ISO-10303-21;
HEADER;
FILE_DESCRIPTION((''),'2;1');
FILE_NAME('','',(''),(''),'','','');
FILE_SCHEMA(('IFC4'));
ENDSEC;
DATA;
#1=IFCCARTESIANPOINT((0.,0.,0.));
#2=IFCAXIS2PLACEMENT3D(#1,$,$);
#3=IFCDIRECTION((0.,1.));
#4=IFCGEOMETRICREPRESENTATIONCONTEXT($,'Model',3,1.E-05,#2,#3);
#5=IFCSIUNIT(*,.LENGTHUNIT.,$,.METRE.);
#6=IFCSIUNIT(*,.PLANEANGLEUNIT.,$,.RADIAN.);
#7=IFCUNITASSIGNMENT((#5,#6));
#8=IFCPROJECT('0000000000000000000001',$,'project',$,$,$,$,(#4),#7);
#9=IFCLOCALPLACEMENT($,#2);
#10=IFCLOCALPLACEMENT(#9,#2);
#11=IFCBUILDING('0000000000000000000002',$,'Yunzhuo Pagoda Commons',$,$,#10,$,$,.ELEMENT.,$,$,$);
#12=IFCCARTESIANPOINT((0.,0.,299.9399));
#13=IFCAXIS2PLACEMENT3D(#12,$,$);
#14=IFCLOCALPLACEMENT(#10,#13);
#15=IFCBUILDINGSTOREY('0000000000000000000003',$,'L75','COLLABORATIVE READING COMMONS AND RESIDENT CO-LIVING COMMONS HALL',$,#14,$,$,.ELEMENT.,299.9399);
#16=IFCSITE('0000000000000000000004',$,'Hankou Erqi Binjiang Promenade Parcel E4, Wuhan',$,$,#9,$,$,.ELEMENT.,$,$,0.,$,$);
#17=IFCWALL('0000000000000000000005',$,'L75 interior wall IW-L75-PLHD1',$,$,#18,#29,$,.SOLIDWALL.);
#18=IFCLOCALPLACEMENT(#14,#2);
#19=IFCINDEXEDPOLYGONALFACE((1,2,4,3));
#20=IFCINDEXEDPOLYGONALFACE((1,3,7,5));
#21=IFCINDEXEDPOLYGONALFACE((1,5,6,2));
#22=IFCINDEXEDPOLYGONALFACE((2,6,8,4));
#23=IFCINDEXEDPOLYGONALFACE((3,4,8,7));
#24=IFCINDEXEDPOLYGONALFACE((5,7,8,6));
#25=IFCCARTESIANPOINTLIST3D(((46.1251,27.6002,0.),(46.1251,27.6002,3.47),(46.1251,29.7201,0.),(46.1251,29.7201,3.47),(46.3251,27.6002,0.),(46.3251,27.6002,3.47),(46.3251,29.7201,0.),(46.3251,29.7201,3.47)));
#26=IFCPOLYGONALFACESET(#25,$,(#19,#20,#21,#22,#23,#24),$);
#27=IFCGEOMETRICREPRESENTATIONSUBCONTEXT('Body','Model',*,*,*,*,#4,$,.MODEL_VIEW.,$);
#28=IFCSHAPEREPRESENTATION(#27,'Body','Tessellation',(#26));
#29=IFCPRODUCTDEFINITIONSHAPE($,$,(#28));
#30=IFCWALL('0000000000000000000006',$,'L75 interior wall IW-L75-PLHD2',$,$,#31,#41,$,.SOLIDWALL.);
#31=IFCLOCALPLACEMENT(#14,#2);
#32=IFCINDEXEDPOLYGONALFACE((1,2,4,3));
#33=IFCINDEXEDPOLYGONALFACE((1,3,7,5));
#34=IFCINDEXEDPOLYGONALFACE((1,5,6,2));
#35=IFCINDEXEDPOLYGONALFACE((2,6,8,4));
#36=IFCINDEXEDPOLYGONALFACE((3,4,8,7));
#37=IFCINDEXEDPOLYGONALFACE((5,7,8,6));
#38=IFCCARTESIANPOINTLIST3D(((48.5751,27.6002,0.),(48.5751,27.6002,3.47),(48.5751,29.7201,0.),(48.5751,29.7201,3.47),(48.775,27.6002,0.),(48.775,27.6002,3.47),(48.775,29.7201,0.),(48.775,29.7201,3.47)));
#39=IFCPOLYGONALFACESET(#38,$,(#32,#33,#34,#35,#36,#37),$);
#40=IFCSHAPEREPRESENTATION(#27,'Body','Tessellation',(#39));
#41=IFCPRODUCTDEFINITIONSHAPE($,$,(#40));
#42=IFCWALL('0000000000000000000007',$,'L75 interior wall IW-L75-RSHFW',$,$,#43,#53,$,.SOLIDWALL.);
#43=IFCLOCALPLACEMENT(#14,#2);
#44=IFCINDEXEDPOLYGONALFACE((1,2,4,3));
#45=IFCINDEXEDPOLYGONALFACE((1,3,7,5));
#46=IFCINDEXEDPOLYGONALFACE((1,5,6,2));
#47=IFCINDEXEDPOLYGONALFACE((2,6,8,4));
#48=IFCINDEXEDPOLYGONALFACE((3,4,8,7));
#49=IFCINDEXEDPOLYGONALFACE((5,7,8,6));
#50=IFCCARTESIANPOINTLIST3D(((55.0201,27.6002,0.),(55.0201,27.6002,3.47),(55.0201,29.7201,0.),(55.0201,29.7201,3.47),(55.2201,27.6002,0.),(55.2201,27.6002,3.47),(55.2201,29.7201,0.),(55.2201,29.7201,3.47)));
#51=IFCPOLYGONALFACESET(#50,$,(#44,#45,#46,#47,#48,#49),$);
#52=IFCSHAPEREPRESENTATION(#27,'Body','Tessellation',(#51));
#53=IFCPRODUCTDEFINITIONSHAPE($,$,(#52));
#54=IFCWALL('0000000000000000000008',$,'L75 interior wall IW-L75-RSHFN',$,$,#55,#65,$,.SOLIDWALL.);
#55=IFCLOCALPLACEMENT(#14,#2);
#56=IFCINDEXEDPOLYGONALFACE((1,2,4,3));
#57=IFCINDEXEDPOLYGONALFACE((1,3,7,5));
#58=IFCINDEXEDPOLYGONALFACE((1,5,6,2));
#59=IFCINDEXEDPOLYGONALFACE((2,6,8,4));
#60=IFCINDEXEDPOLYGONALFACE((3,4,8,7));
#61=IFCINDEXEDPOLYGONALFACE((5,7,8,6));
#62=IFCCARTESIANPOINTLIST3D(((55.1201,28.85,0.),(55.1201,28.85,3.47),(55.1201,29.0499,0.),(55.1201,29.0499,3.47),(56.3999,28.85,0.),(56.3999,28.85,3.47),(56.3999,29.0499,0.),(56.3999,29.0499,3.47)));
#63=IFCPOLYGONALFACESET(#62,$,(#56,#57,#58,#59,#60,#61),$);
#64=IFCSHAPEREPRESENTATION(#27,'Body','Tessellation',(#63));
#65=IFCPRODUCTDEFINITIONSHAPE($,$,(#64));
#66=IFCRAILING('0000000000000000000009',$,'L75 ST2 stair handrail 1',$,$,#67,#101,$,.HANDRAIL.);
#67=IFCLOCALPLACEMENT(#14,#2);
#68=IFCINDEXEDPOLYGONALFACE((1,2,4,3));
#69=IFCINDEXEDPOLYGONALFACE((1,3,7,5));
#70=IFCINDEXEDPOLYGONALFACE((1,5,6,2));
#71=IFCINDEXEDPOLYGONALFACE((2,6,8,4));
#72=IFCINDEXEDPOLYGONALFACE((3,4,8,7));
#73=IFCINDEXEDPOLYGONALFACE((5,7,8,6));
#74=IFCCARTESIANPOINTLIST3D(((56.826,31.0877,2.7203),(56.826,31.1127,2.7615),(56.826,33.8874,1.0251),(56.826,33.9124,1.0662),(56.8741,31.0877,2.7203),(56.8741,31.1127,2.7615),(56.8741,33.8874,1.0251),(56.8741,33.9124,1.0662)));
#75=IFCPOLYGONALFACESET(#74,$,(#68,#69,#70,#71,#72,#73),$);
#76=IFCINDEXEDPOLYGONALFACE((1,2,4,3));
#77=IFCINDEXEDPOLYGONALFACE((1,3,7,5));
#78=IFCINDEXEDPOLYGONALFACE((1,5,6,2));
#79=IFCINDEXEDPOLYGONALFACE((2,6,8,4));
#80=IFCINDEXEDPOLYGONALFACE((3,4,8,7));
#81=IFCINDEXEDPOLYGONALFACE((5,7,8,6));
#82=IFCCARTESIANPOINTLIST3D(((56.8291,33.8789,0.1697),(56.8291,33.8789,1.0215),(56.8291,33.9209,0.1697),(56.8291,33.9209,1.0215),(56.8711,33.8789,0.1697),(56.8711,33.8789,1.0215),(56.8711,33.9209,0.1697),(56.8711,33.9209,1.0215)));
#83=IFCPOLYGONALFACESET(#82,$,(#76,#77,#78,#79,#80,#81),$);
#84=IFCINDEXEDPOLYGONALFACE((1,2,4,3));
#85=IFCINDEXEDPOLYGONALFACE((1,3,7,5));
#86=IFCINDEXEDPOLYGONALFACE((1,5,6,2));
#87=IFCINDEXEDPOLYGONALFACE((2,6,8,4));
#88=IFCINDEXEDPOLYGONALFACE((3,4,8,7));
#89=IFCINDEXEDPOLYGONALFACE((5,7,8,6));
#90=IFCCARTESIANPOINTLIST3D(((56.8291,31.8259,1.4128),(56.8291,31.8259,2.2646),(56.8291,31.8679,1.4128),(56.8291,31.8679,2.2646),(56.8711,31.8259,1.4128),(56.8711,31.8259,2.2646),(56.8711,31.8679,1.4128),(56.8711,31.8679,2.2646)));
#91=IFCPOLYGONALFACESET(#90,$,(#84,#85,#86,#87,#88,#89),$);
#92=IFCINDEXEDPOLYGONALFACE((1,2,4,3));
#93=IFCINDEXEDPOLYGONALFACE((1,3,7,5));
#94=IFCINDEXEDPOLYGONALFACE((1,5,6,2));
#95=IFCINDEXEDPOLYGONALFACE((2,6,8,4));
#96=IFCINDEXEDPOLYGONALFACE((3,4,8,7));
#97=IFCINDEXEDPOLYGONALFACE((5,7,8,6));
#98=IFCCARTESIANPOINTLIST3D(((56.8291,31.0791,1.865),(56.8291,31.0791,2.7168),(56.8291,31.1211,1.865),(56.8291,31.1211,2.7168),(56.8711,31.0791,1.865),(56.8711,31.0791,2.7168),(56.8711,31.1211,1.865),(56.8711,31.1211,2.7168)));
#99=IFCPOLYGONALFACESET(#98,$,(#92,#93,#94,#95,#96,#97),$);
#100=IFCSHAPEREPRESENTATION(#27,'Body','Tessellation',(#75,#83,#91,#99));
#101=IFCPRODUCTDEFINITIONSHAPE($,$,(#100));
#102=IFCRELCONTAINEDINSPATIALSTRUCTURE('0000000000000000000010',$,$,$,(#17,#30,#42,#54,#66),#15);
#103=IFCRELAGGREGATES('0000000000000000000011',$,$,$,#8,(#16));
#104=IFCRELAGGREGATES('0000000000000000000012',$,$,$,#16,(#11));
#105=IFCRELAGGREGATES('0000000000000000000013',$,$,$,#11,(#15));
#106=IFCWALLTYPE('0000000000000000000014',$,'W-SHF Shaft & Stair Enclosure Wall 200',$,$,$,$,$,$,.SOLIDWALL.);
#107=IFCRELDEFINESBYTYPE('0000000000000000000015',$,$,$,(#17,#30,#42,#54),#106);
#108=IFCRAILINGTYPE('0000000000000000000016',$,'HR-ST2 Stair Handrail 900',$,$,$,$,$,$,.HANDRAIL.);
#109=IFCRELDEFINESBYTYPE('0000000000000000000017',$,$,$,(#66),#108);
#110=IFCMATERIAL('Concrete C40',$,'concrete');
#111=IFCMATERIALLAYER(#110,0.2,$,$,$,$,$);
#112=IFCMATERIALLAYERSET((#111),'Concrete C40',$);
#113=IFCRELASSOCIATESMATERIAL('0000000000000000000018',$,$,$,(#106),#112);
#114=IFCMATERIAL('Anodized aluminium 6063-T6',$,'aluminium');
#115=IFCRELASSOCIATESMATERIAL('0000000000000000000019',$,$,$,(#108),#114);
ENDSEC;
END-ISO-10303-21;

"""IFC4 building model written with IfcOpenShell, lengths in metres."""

from ifc_helpers import new_model, si_unit, direction, frame, frame_2d, origin, origin_2d, place, context, subcontext, project, spatial, rectangle, extrude, material, layer, layer_set, type_object, element, save


model = new_model("IFC4")

# Units and contexts
model_context = context("Model", 3, precision=1e-05, world=origin(), true_north=direction((0.0, 1.0)))
body_context = subcontext(model_context, "Body", "Model", "MODEL_VIEW")
ifc_project = project(units=[si_unit("LENGTHUNIT", "METRE"), si_unit("PLANEANGLEUNIT", "RADIAN")], contexts=[model_context])

# Site, building, storey
site_placement = place(None, origin())
site = spatial("IfcSite", under=ifc_project, at=site_placement, Name="Hankou Erqi Binjiang Promenade Parcel E4, Wuhan", CompositionType="ELEMENT", RefElevation=0.0)
building_placement = place(site_placement, origin())
building = spatial("IfcBuilding", under=site, at=building_placement, Name="Yunzhuo Pagoda Commons", CompositionType="ELEMENT")
storey_placement = place(building_placement, frame((0.0, 0.0, 299.9399)))
storey = spatial("IfcBuildingStorey", under=building, at=storey_placement, Name="L75", Description="COLLABORATIVE READING COMMONS AND RESIDENT CO-LIVING COMMONS HALL", CompositionType="ELEMENT", Elevation=299.9399)

# Shared definitions
ifc_material_1 = material(Name="Concrete C40", Category="concrete")
ifc_layer_1 = layer(ifc_material_1, 0.2)
ifc_layer_set_1 = layer_set([ifc_layer_1], Name="Concrete C40")
wall_type_1 = type_object("IfcWallType", Name="W-SHF Shaft & Stair Enclosure Wall 200", PredefinedType="SOLIDWALL", material=ifc_layer_set_1)

# Walls
for number, where, z_axis, x_axis, name in (
    (1, (46.2251, 27.6001, 0.0), (0.0, 0.0, 1.0), (0.0, 1.0, 0.0), "L75 interior wall IW-L75-PLHD1"),
    (2, (48.675, 27.6001, 0.0), (0.0, 0.0, 1.0), (0.0, 1.0, 0.0), "L75 interior wall IW-L75-PLHD2"),
    (3, (55.1201, 27.6001, 0.0), (0.0, 0.0, 1.0), (0.0, 1.0, 0.0), "L75 interior wall IW-L75-RSHFW"),
):
    element("IfcWall", number, at=place(storey_placement, frame(where, z_axis=z_axis, x_axis=x_axis)), inside=storey, type_object=wall_type_1, Name=name, PredefinedType="SOLIDWALL", context=body_context, shape_type="SweptSolid", body=[
        extrude(rectangle(XDim=2.1199, YDim=0.2, at=frame_2d((1.0601, 0.0))), origin(), (0.0, 0.0, 1.0), 3.47),
    ])
wall_1_placement = place(storey_placement, frame((55.1201, 28.95, 0.0), z_axis=(0.0, 0.0, 1.0), x_axis=(1.0, 0.0, 0.0)))
element("IfcWall", 4, at=wall_1_placement, inside=storey, type_object=wall_type_1, Name="L75 interior wall IW-L75-RSHFN", PredefinedType="SOLIDWALL", context=body_context, shape_type="SweptSolid", body=[
    extrude(rectangle(XDim=1.2798, YDim=0.2, at=frame_2d((0.6399, 0.0))), origin(), (0.0, 0.0, 1.0), 3.47),
])

# Railing
ifc_material_2 = material(Name="Anodized aluminium 6063-T6", Category="aluminium")
railing_type = type_object("IfcRailingType", Name="HR-ST2 Stair Handrail 900", PredefinedType="HANDRAIL", material=ifc_material_2)
railing_placement = place(storey_placement, frame((56.8501, 33.8999, 0.1697)))
element("IfcRailing", 5, at=railing_placement, inside=storey, type_object=railing_type, Name="L75 ST2 stair handrail 1", PredefinedType="HANDRAIL", context=body_context, shape_type="SweptSolid", body=[
    extrude(rectangle(XDim=0.0481, YDim=0.0481, at=origin_2d()), frame((0.0, 0.0, 0.876), z_axis=(0.0, -0.855406, 0.517958), x_axis=(1.0, 0.0, 0.0)), (0.0, 0.0, 1.0), 3.2729),
    extrude(rectangle(XDim=0.042, YDim=0.042, at=origin_2d()), origin(), (0.0, 0.0, 1.0), 0.8518),
    extrude(rectangle(XDim=0.042, YDim=0.042, at=origin_2d()), frame((0.0, -2.053, 1.2432)), (0.0, 0.0, 1.0), 0.8518),
    extrude(rectangle(XDim=0.042, YDim=0.042, at=origin_2d()), frame((0.0, -2.7998, 1.6953)), (0.0, 0.0, 1.0), 0.8518),
])

save(model, "model.ifc")
